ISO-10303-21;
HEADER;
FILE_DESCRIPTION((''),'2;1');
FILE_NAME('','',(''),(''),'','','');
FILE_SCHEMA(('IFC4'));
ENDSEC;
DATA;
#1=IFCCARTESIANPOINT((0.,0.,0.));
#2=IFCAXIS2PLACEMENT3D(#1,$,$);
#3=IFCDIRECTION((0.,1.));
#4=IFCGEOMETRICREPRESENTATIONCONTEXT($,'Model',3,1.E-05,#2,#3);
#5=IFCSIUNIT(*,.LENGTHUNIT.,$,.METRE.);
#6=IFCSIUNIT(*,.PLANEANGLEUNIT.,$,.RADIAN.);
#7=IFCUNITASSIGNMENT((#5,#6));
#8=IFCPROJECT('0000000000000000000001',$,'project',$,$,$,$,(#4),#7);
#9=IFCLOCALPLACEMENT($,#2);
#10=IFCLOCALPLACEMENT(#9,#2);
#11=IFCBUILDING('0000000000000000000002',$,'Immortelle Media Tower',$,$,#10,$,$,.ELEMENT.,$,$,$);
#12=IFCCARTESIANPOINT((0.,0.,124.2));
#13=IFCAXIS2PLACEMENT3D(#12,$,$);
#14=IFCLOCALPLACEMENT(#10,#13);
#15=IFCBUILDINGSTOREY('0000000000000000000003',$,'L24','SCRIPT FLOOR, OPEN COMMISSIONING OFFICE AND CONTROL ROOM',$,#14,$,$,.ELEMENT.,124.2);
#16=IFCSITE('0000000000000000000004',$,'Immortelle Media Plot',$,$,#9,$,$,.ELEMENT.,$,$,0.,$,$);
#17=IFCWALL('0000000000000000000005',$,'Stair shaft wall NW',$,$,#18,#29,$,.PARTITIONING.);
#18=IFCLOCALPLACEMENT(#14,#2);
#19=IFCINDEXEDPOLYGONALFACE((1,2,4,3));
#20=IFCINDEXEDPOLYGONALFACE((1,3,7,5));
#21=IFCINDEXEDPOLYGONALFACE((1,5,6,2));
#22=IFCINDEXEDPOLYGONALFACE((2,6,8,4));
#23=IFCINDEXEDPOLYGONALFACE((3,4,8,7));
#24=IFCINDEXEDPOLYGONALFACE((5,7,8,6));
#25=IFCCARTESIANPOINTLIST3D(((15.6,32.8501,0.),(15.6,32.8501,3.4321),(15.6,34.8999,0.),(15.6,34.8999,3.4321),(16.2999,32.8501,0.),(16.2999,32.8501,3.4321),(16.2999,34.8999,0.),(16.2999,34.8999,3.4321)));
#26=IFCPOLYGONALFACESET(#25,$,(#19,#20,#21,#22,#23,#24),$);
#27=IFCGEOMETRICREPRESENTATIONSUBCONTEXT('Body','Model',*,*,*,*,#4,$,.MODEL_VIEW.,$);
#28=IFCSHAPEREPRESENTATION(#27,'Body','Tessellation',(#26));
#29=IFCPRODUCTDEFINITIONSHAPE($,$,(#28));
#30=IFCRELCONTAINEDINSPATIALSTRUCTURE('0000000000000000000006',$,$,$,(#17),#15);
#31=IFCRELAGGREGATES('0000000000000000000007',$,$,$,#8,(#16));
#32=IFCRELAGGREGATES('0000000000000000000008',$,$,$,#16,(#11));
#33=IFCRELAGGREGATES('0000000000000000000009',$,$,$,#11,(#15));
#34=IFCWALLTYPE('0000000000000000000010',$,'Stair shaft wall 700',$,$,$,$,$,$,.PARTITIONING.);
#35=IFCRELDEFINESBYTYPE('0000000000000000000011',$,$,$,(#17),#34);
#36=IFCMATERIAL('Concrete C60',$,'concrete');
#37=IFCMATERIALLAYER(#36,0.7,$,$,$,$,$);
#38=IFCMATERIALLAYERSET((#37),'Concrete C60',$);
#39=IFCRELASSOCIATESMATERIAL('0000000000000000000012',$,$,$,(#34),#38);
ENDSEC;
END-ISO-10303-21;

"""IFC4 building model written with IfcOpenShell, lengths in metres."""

from ifc_helpers import new_model, si_unit, direction, frame, frame_2d, origin, place, context, subcontext, project, spatial, rectangle, extrude, material, layer, layer_set, type_object, element, save


model = new_model("IFC4")

# Units and contexts
model_context = context("Model", 3, precision=1e-05, world=origin(), true_north=direction((0.0, 1.0)))
body_context = subcontext(model_context, "Body", "Model", "MODEL_VIEW")
ifc_project = project(units=[si_unit("LENGTHUNIT", "METRE"), si_unit("PLANEANGLEUNIT", "RADIAN")], contexts=[model_context])

# Site, building, storey
site_placement = place(None, origin())
site = spatial("IfcSite", under=ifc_project, at=site_placement, Name="Immortelle Media Plot", CompositionType="ELEMENT", RefElevation=0.0)
building_placement = place(site_placement, origin())
building = spatial("IfcBuilding", under=site, at=building_placement, Name="Immortelle Media Tower", CompositionType="ELEMENT")
storey_placement = place(building_placement, frame((0.0, 0.0, 124.2)))
storey = spatial("IfcBuildingStorey", under=building, at=storey_placement, Name="L24", Description="SCRIPT FLOOR, OPEN COMMISSIONING OFFICE AND CONTROL ROOM", CompositionType="ELEMENT", Elevation=124.2)

# Wall
ifc_material_1 = material(Name="Concrete C60", Category="concrete")
ifc_layer_1 = layer(ifc_material_1, 0.7)
ifc_layer_set_1 = layer_set([ifc_layer_1], Name="Concrete C60")
wall_type_1 = type_object("IfcWallType", Name="Stair shaft wall 700", PredefinedType="PARTITIONING", material=ifc_layer_set_1)
wall_1_placement = place(storey_placement, frame((15.95, 32.8501, 0.0), z_axis=(0.0, 0.0, 1.0), x_axis=(0.0, 1.0, 0.0)))
element("IfcWall", 1, at=wall_1_placement, inside=storey, type_object=wall_type_1, Name="Stair shaft wall NW", PredefinedType="PARTITIONING", context=body_context, shape_type="SweptSolid", body=[
    extrude(rectangle(XDim=2.0498, YDim=0.7, at=frame_2d((1.0249, 0.0))), origin(), (0.0, 0.0, 1.0), 3.4321),
])

save(model, "model.ifc")
